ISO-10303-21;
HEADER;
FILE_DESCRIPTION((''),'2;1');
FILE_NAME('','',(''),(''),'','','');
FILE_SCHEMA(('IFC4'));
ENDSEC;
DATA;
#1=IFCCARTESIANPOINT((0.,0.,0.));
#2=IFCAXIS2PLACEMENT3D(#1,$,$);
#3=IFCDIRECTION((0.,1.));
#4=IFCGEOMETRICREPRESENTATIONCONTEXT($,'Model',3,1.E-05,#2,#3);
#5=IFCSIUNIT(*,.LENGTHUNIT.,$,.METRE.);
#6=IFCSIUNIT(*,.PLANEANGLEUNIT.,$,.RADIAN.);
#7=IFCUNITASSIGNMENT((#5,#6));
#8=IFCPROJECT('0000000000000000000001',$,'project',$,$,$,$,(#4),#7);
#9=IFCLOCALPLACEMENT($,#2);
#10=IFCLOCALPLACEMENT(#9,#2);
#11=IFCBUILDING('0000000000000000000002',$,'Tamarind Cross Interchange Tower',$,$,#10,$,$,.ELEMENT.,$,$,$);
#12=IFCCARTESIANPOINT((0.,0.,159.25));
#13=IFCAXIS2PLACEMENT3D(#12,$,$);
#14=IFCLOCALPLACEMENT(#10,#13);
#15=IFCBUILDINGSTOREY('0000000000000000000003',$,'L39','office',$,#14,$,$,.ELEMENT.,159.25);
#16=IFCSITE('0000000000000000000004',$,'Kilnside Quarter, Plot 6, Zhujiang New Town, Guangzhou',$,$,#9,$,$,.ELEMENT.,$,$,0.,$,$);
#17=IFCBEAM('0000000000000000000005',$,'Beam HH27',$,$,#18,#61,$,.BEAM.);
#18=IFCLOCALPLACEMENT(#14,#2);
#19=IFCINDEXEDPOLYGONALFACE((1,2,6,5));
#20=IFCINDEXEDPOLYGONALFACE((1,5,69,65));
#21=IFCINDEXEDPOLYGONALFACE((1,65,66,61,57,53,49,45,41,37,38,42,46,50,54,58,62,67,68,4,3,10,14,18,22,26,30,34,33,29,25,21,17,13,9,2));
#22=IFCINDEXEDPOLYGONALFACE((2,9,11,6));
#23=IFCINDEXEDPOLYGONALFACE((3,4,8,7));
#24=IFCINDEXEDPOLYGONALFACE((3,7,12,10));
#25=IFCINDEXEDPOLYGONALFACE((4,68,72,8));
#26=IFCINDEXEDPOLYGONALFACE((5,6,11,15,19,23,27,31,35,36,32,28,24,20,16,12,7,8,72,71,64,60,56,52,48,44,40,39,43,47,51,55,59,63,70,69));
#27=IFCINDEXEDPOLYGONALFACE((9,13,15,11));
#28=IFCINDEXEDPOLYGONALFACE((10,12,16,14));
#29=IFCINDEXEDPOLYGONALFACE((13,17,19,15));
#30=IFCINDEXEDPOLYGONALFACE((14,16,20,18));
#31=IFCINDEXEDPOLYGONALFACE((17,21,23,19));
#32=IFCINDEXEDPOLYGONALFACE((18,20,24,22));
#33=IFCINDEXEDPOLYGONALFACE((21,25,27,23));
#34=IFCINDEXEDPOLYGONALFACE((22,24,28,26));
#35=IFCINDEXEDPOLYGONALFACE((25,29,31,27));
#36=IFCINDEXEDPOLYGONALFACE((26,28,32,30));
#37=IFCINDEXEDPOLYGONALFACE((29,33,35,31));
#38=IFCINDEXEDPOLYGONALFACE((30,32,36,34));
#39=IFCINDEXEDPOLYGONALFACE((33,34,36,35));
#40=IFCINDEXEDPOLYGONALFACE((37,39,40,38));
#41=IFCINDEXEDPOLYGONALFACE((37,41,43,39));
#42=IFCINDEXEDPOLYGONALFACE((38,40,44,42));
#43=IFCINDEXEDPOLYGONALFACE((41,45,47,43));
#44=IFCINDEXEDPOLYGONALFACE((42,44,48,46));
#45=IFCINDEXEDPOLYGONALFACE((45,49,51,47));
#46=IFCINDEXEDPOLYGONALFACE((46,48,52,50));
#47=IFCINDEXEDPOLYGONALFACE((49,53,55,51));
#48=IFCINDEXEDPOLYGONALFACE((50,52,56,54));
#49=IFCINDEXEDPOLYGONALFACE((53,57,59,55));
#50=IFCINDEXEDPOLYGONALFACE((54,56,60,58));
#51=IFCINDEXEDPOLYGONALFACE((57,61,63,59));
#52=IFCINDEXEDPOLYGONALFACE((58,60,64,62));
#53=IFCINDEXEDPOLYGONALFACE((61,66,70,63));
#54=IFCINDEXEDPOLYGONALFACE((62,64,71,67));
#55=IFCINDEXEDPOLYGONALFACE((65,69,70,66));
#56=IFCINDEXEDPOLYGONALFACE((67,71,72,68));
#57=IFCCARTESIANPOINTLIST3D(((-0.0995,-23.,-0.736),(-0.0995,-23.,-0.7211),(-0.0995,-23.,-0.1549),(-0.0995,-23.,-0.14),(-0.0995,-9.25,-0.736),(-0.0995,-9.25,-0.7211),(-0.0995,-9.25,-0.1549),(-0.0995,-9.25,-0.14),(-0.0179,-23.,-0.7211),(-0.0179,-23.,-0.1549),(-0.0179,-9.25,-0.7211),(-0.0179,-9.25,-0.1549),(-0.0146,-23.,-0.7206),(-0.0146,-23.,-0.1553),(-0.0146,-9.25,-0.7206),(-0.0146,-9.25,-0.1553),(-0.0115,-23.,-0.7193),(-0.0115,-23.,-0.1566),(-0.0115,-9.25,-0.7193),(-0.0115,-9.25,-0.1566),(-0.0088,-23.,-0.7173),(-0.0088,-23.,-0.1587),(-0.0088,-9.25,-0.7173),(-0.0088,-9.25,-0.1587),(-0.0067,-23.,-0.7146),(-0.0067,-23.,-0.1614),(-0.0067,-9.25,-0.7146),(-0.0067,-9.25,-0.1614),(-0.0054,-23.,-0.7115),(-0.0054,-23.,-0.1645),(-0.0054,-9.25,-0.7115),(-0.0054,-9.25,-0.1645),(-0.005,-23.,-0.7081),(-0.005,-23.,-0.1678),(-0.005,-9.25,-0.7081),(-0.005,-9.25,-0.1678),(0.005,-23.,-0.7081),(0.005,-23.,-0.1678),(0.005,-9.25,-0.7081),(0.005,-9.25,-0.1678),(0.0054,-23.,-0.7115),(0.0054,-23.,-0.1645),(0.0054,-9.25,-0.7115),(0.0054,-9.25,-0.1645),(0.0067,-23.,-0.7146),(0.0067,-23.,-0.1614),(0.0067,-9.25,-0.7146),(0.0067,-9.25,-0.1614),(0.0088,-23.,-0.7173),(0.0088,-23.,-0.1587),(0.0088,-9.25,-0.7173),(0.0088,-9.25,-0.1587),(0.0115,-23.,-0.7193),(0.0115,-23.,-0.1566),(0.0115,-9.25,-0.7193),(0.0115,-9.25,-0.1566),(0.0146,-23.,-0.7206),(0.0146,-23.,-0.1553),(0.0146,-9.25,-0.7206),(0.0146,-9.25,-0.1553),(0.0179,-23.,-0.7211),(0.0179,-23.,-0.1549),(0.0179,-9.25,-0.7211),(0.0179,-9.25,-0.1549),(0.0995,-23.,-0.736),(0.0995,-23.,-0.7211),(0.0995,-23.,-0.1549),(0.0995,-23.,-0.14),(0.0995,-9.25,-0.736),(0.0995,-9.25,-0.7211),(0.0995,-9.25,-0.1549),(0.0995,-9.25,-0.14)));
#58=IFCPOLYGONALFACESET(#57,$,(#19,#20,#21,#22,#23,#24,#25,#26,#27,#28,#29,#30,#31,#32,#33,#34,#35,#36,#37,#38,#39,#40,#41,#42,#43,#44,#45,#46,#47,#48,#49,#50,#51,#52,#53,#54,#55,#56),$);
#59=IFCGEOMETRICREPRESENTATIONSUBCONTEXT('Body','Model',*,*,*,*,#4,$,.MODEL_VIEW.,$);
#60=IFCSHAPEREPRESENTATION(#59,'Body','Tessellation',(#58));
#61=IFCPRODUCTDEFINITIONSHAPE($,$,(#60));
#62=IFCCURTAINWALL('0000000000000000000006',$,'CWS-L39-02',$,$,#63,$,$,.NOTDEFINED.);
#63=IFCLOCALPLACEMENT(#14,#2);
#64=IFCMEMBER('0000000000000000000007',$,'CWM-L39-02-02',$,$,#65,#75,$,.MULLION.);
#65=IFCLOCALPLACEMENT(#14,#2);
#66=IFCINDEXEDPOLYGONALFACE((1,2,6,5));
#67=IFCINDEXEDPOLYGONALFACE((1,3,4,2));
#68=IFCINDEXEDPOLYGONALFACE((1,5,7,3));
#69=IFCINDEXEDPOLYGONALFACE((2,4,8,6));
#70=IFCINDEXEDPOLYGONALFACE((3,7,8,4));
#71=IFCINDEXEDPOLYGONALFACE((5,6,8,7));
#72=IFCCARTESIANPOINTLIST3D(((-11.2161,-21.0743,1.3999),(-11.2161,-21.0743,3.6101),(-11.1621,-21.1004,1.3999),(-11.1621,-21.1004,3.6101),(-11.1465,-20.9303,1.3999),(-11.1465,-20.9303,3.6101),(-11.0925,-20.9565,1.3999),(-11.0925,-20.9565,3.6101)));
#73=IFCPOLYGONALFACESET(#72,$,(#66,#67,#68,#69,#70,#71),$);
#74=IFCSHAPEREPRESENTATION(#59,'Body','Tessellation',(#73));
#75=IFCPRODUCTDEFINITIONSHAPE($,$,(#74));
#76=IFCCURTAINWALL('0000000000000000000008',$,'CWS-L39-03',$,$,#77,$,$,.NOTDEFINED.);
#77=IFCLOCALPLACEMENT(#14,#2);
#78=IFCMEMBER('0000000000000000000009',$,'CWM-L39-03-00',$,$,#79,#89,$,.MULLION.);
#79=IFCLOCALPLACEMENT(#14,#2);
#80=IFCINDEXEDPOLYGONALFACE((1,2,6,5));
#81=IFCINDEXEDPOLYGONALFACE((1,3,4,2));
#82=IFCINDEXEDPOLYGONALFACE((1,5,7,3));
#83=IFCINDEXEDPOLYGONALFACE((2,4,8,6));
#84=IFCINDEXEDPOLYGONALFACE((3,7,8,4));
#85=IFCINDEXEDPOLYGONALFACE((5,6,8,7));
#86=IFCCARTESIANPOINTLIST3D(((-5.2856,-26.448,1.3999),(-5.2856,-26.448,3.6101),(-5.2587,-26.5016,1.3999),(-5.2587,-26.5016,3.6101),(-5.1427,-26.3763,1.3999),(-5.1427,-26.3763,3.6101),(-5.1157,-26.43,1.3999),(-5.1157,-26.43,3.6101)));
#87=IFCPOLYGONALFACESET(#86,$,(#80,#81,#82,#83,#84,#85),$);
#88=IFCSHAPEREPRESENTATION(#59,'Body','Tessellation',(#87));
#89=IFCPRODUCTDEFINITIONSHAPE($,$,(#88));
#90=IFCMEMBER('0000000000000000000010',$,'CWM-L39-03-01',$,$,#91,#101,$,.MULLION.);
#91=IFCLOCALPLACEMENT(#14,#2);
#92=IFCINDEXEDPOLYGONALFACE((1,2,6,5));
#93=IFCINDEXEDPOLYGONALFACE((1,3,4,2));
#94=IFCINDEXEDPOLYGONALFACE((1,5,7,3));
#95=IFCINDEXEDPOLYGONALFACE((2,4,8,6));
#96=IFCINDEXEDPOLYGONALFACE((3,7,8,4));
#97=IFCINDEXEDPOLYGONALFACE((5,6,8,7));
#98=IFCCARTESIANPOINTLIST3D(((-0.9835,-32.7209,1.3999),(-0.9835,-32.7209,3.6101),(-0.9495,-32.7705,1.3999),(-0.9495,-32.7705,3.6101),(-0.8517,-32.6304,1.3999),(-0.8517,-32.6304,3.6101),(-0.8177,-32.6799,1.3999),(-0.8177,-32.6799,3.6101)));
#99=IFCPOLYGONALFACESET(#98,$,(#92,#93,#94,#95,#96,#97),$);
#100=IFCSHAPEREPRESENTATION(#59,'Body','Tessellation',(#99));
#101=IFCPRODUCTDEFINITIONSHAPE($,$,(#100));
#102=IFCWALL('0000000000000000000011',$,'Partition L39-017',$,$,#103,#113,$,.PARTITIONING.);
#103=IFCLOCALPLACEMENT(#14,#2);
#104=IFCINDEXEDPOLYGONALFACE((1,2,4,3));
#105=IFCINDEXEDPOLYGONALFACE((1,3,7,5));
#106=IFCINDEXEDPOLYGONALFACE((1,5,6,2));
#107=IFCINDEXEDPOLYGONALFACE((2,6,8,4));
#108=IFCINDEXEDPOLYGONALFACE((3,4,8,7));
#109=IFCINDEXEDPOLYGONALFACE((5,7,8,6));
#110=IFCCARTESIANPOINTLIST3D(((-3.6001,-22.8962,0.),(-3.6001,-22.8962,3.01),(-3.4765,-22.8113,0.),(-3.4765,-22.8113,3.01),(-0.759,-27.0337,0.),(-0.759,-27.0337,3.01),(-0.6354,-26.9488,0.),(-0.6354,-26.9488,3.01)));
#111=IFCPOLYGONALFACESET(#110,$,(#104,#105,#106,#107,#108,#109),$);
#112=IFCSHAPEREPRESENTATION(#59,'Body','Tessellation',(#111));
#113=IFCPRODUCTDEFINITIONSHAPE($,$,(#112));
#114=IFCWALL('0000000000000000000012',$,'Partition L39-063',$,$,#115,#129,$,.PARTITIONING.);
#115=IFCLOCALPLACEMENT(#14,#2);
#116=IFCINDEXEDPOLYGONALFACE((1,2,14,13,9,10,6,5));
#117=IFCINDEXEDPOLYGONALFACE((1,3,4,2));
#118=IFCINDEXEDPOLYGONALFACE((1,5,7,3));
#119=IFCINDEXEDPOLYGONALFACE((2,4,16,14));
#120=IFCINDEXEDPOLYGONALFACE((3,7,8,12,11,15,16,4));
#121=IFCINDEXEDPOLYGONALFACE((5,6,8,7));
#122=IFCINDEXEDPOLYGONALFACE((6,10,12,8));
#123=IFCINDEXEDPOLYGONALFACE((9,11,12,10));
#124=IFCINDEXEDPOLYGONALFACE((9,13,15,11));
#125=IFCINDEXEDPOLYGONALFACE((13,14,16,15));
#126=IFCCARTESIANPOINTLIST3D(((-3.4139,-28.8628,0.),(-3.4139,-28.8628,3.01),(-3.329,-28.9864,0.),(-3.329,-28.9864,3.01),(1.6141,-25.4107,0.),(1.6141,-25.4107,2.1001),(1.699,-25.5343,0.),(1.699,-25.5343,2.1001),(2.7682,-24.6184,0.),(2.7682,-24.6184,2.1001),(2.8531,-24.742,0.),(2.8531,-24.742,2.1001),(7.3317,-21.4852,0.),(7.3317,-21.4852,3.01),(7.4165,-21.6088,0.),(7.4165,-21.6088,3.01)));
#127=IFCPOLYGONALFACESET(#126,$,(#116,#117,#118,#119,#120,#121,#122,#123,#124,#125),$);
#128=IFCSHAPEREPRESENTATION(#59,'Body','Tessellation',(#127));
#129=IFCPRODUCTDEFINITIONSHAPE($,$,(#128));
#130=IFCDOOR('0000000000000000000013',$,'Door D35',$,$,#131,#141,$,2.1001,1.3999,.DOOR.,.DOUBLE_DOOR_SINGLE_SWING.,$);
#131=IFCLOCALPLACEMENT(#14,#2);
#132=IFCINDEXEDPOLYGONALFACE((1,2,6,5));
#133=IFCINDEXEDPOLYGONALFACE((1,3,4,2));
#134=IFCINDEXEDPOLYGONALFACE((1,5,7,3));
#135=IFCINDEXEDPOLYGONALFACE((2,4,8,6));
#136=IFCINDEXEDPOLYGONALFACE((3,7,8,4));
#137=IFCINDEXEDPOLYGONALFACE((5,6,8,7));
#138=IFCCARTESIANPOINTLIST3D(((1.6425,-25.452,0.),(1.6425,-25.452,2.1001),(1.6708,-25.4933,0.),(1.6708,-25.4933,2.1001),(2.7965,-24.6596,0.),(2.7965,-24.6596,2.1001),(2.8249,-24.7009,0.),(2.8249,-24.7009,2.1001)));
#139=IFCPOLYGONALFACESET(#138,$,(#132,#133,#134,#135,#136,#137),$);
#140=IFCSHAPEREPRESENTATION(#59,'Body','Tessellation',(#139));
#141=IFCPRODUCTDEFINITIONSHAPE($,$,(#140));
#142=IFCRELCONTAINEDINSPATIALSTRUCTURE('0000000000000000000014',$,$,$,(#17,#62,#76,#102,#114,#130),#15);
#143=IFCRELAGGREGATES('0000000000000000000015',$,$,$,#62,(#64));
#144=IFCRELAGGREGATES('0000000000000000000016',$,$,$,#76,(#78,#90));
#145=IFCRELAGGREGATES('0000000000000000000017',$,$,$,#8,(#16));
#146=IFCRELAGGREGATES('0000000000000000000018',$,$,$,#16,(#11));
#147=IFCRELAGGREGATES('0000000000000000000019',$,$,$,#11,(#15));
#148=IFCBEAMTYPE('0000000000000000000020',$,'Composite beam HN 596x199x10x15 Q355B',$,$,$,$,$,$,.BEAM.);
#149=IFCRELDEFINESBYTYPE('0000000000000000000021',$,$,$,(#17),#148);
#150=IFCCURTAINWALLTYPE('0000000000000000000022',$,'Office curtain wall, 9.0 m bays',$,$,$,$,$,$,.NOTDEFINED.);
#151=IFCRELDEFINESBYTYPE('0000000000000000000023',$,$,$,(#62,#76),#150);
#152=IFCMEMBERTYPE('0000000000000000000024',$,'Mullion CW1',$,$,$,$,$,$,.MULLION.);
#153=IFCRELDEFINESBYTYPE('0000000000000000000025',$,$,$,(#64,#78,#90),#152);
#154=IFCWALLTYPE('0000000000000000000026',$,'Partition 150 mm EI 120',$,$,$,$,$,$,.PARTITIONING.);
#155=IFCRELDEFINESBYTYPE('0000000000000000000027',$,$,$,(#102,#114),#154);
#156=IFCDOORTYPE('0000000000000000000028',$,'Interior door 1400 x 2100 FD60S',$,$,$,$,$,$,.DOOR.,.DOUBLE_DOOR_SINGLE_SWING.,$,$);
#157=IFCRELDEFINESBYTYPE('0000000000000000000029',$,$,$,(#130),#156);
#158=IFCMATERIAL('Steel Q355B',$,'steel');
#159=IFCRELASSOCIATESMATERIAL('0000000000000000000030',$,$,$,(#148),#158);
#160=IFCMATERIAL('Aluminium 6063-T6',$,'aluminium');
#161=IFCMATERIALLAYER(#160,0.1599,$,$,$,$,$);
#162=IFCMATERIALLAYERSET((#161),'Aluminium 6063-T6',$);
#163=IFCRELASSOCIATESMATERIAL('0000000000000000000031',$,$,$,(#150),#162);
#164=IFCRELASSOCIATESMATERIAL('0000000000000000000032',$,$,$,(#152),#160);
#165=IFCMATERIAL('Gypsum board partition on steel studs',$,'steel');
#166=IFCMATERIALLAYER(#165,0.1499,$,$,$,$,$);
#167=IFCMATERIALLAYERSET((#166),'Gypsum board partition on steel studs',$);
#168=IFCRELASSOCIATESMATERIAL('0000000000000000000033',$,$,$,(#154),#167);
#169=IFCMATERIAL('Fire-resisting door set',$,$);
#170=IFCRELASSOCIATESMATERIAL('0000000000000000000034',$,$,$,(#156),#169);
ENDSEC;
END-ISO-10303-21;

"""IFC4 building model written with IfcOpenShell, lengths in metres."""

from ifc_helpers import new_model, si_unit, direction, frame, frame_2d, origin, origin_2d, place, context, subcontext, project, spatial, rectangle, i_section, extrude, material, layer, layer_set, material_profile, profile_set, type_object, element, fill, aggregate, save


model = new_model("IFC4")

# Units and contexts
model_context = context("Model", 3, precision=1e-05, world=origin(), true_north=direction((0.0, 1.0)))
body_context = subcontext(model_context, "Body", "Model", "MODEL_VIEW")
ifc_project = project(units=[si_unit("LENGTHUNIT", "METRE"), si_unit("PLANEANGLEUNIT", "RADIAN")], contexts=[model_context])

# Site, building, storey
site_placement = place(None, origin())
site = spatial("IfcSite", under=ifc_project, at=site_placement, Name="Kilnside Quarter, Plot 6, Zhujiang New Town, Guangzhou", CompositionType="ELEMENT", RefElevation=0.0)
building_placement = place(site_placement, origin())
building = spatial("IfcBuilding", under=site, at=building_placement, Name="Tamarind Cross Interchange Tower", CompositionType="ELEMENT")
storey_placement = place(building_placement, frame((0.0, 0.0, 159.25)))
storey = spatial("IfcBuildingStorey", under=building, at=storey_placement, Name="L39", Description="office", CompositionType="ELEMENT", Elevation=159.25)

# Beam
ifc_material_1 = material(Name="Steel Q355B", Category="steel")
ifc_material_profile_1 = material_profile(ifc_material_1, i_section(OverallWidth=0.199, OverallDepth=0.5959, WebThickness=0.01, FlangeThickness=0.0149, FilletRadius=0.0129, at=origin_2d()), Name="HN 596x199x10x15")
ifc_profile_set_1 = profile_set([ifc_material_profile_1], Name="Steel Q355B")
beam_type = type_object("IfcBeamType", Name="Composite beam HN 596x199x10x15 Q355B", PredefinedType="BEAM", material=ifc_profile_set_1)
beam_1_placement = place(storey_placement, frame((0.0, -23.0, -0.438), z_axis=(0.0, 1.0, 0.0), x_axis=(-1.0, 0.0, 0.0)))
element("IfcBeam", 1, at=beam_1_placement, inside=storey, type_object=beam_type, Name="Beam HH27", PredefinedType="BEAM", context=body_context, shape_type="SweptSolid", body=[
    extrude(i_section(OverallWidth=0.199, OverallDepth=0.5959, WebThickness=0.01, FlangeThickness=0.0149, FilletRadius=0.0129, at=origin_2d()), origin(), (0.0, 0.0, 1.0), 13.75),
])

# Curtain wall, member
ifc_material_2 = material(Name="Aluminium 6063-T6", Category="aluminium")
ifc_layer_1 = layer(ifc_material_2, 0.1599)
ifc_layer_set_1 = layer_set([ifc_layer_1], Name="Aluminium 6063-T6")
curtain_wall_type = type_object("IfcCurtainWallType", Name="Office curtain wall, 9.0 m bays", PredefinedType="NOTDEFINED", material=ifc_layer_set_1)
curtain_wall_1_placement = place(storey_placement, origin())
curtain_wall_1 = element("IfcCurtainWall", 2, at=curtain_wall_1_placement, inside=storey, type_object=curtain_wall_type, Name="CWS-L39-02", PredefinedType="NOTDEFINED")
ifc_material_profile_2 = material_profile(ifc_material_2, rectangle(XDim=0.0601, YDim=0.1599, at=origin_2d()), Name="Mullion CW1")
ifc_profile_set_2 = profile_set([ifc_material_profile_2], Name="Aluminium 6063-T6")
member_type = type_object("IfcMemberType", Name="Mullion CW1", PredefinedType="MULLION", material=ifc_profile_set_2)
member_1_placement = place(storey_placement, frame((-11.1543, -21.0154, 1.3999), z_axis=(0.0, 0.0, 1.0), x_axis=(0.900273, -0.435326, 0.0)))
member_1 = element("IfcMember", 3, at=member_1_placement, type_object=member_type, Name="CWM-L39-02-02", PredefinedType="MULLION", context=body_context, shape_type="SweptSolid", body=[
    extrude(rectangle(XDim=0.0601, YDim=0.1599, at=origin_2d()), origin(), (0.0, 0.0, 1.0), 2.2102),
])
aggregate(curtain_wall_1, [member_1])

# Curtain wall, members
curtain_wall_2_placement = place(storey_placement, origin())
curtain_wall_2 = element("IfcCurtainWall", 4, at=curtain_wall_2_placement, inside=storey, type_object=curtain_wall_type, Name="CWS-L39-03", PredefinedType="NOTDEFINED")
member_2_placement = place(storey_placement, frame((-5.2007, -26.439, 1.3999), z_axis=(0.0, 0.0, 1.0), x_axis=(0.448204, -0.893931, 0.0)))
member_2 = element("IfcMember", 5, at=member_2_placement, type_object=member_type, Name="CWM-L39-03-00", PredefinedType="MULLION", context=body_context, shape_type="SweptSolid", body=[
    extrude(rectangle(XDim=0.0601, YDim=0.1599, at=origin_2d()), origin(), (0.0, 0.0, 1.0), 2.2102),
])
member_3_placement = place(storey_placement, frame((-0.9006, -32.7004, 1.3999), z_axis=(0.0, 0.0, 1.0), x_axis=(0.566096, -0.82434, 0.0)))
member_3 = element("IfcMember", 6, at=member_3_placement, type_object=member_type, Name="CWM-L39-03-01", PredefinedType="MULLION", context=body_context, shape_type="SweptSolid", body=[
    extrude(rectangle(XDim=0.0601, YDim=0.1599, at=origin_2d()), origin(), (0.0, 0.0, 1.0), 2.2102),
])
aggregate(curtain_wall_2, [member_2, member_3])

# Wall
ifc_material_3 = material(Name="Gypsum board partition on steel studs", Category="steel")
ifc_layer_2 = layer(ifc_material_3, 0.1499)
ifc_layer_set_2 = layer_set([ifc_layer_2], Name="Gypsum board partition on steel studs")
wall_type = type_object("IfcWallType", Name="Partition 150 mm EI 120", PredefinedType="PARTITIONING", material=ifc_layer_set_2)
wall_1_placement = place(storey_placement, frame((-3.5383, -22.8538, 0.0), z_axis=(0.0, 0.0, 1.0), x_axis=(0.566064, -0.824361, 0.0)))
element("IfcWall", 7, at=wall_1_placement, inside=storey, type_object=wall_type, Name="Partition L39-017", PredefinedType="PARTITIONING", context=body_context, shape_type="SweptSolid", body=[
    extrude(rectangle(XDim=5.019, YDim=0.1499, at=frame_2d((2.5095, 0.0))), origin(), (0.0, 0.0, 1.0), 3.01),
])

# Wall, opening, door
wall_2_placement = place(storey_placement, frame((-3.3713, -28.9246, 0.0), z_axis=(0.0, 0.0, 1.0), x_axis=(0.824397, 0.566012, 0.0)))
wall_2 = element("IfcWall", 8, at=wall_2_placement, inside=storey, type_object=wall_type, Name="Partition L39-063", PredefinedType="PARTITIONING", context=body_context, shape_type="SweptSolid", body=[
    extrude(rectangle(XDim=13.0344, YDim=0.1499, at=frame_2d((6.5171, 0.0))), origin(), (0.0, 0.0, 1.0), 3.01),
])
opening_placement = place(wall_2_placement, frame((6.0989, 0.0, 0.0)))
opening = element("IfcOpeningElement", 9, at=opening_placement, cuts=wall_2, PredefinedType="OPENING", context=body_context, shape_type="SweptSolid", body=[
    extrude(rectangle(XDim=1.3999, YDim=2.1001, at=frame_2d((0.7, 1.05))), frame((0.0, 0.085, 0.0), z_axis=(0.0, -1.0, 0.0), x_axis=(1.0, 0.0, 0.0)), (0.0, 0.0, 1.0), 0.1699),
])
ifc_material_4 = material(Name="Fire-resisting door set")
door_type = type_object("IfcDoorType", Name="Interior door 1400 x 2100 FD60S", OperationType="DOUBLE_DOOR_SINGLE_SWING", PredefinedType="DOOR", material=ifc_material_4)
door_placement = place(opening_placement, origin())
door = element("IfcDoor", 10, at=door_placement, inside=storey, type_object=door_type, Name="Door D35", OperationType="DOUBLE_DOOR_SINGLE_SWING", OverallHeight=2.1001, OverallWidth=1.3999, PredefinedType="DOOR", context=body_context, shape_type="SweptSolid", body=[
    extrude(rectangle(XDim=1.3999, YDim=2.1001, at=frame_2d((0.7, 1.05))), frame((0.0, 0.0249, 0.0), z_axis=(0.0, -1.0, 0.0), x_axis=(1.0, 0.0, 0.0)), (0.0, 0.0, 1.0), 0.05),
])
fill(opening, door)

save(model, "model.ifc")
